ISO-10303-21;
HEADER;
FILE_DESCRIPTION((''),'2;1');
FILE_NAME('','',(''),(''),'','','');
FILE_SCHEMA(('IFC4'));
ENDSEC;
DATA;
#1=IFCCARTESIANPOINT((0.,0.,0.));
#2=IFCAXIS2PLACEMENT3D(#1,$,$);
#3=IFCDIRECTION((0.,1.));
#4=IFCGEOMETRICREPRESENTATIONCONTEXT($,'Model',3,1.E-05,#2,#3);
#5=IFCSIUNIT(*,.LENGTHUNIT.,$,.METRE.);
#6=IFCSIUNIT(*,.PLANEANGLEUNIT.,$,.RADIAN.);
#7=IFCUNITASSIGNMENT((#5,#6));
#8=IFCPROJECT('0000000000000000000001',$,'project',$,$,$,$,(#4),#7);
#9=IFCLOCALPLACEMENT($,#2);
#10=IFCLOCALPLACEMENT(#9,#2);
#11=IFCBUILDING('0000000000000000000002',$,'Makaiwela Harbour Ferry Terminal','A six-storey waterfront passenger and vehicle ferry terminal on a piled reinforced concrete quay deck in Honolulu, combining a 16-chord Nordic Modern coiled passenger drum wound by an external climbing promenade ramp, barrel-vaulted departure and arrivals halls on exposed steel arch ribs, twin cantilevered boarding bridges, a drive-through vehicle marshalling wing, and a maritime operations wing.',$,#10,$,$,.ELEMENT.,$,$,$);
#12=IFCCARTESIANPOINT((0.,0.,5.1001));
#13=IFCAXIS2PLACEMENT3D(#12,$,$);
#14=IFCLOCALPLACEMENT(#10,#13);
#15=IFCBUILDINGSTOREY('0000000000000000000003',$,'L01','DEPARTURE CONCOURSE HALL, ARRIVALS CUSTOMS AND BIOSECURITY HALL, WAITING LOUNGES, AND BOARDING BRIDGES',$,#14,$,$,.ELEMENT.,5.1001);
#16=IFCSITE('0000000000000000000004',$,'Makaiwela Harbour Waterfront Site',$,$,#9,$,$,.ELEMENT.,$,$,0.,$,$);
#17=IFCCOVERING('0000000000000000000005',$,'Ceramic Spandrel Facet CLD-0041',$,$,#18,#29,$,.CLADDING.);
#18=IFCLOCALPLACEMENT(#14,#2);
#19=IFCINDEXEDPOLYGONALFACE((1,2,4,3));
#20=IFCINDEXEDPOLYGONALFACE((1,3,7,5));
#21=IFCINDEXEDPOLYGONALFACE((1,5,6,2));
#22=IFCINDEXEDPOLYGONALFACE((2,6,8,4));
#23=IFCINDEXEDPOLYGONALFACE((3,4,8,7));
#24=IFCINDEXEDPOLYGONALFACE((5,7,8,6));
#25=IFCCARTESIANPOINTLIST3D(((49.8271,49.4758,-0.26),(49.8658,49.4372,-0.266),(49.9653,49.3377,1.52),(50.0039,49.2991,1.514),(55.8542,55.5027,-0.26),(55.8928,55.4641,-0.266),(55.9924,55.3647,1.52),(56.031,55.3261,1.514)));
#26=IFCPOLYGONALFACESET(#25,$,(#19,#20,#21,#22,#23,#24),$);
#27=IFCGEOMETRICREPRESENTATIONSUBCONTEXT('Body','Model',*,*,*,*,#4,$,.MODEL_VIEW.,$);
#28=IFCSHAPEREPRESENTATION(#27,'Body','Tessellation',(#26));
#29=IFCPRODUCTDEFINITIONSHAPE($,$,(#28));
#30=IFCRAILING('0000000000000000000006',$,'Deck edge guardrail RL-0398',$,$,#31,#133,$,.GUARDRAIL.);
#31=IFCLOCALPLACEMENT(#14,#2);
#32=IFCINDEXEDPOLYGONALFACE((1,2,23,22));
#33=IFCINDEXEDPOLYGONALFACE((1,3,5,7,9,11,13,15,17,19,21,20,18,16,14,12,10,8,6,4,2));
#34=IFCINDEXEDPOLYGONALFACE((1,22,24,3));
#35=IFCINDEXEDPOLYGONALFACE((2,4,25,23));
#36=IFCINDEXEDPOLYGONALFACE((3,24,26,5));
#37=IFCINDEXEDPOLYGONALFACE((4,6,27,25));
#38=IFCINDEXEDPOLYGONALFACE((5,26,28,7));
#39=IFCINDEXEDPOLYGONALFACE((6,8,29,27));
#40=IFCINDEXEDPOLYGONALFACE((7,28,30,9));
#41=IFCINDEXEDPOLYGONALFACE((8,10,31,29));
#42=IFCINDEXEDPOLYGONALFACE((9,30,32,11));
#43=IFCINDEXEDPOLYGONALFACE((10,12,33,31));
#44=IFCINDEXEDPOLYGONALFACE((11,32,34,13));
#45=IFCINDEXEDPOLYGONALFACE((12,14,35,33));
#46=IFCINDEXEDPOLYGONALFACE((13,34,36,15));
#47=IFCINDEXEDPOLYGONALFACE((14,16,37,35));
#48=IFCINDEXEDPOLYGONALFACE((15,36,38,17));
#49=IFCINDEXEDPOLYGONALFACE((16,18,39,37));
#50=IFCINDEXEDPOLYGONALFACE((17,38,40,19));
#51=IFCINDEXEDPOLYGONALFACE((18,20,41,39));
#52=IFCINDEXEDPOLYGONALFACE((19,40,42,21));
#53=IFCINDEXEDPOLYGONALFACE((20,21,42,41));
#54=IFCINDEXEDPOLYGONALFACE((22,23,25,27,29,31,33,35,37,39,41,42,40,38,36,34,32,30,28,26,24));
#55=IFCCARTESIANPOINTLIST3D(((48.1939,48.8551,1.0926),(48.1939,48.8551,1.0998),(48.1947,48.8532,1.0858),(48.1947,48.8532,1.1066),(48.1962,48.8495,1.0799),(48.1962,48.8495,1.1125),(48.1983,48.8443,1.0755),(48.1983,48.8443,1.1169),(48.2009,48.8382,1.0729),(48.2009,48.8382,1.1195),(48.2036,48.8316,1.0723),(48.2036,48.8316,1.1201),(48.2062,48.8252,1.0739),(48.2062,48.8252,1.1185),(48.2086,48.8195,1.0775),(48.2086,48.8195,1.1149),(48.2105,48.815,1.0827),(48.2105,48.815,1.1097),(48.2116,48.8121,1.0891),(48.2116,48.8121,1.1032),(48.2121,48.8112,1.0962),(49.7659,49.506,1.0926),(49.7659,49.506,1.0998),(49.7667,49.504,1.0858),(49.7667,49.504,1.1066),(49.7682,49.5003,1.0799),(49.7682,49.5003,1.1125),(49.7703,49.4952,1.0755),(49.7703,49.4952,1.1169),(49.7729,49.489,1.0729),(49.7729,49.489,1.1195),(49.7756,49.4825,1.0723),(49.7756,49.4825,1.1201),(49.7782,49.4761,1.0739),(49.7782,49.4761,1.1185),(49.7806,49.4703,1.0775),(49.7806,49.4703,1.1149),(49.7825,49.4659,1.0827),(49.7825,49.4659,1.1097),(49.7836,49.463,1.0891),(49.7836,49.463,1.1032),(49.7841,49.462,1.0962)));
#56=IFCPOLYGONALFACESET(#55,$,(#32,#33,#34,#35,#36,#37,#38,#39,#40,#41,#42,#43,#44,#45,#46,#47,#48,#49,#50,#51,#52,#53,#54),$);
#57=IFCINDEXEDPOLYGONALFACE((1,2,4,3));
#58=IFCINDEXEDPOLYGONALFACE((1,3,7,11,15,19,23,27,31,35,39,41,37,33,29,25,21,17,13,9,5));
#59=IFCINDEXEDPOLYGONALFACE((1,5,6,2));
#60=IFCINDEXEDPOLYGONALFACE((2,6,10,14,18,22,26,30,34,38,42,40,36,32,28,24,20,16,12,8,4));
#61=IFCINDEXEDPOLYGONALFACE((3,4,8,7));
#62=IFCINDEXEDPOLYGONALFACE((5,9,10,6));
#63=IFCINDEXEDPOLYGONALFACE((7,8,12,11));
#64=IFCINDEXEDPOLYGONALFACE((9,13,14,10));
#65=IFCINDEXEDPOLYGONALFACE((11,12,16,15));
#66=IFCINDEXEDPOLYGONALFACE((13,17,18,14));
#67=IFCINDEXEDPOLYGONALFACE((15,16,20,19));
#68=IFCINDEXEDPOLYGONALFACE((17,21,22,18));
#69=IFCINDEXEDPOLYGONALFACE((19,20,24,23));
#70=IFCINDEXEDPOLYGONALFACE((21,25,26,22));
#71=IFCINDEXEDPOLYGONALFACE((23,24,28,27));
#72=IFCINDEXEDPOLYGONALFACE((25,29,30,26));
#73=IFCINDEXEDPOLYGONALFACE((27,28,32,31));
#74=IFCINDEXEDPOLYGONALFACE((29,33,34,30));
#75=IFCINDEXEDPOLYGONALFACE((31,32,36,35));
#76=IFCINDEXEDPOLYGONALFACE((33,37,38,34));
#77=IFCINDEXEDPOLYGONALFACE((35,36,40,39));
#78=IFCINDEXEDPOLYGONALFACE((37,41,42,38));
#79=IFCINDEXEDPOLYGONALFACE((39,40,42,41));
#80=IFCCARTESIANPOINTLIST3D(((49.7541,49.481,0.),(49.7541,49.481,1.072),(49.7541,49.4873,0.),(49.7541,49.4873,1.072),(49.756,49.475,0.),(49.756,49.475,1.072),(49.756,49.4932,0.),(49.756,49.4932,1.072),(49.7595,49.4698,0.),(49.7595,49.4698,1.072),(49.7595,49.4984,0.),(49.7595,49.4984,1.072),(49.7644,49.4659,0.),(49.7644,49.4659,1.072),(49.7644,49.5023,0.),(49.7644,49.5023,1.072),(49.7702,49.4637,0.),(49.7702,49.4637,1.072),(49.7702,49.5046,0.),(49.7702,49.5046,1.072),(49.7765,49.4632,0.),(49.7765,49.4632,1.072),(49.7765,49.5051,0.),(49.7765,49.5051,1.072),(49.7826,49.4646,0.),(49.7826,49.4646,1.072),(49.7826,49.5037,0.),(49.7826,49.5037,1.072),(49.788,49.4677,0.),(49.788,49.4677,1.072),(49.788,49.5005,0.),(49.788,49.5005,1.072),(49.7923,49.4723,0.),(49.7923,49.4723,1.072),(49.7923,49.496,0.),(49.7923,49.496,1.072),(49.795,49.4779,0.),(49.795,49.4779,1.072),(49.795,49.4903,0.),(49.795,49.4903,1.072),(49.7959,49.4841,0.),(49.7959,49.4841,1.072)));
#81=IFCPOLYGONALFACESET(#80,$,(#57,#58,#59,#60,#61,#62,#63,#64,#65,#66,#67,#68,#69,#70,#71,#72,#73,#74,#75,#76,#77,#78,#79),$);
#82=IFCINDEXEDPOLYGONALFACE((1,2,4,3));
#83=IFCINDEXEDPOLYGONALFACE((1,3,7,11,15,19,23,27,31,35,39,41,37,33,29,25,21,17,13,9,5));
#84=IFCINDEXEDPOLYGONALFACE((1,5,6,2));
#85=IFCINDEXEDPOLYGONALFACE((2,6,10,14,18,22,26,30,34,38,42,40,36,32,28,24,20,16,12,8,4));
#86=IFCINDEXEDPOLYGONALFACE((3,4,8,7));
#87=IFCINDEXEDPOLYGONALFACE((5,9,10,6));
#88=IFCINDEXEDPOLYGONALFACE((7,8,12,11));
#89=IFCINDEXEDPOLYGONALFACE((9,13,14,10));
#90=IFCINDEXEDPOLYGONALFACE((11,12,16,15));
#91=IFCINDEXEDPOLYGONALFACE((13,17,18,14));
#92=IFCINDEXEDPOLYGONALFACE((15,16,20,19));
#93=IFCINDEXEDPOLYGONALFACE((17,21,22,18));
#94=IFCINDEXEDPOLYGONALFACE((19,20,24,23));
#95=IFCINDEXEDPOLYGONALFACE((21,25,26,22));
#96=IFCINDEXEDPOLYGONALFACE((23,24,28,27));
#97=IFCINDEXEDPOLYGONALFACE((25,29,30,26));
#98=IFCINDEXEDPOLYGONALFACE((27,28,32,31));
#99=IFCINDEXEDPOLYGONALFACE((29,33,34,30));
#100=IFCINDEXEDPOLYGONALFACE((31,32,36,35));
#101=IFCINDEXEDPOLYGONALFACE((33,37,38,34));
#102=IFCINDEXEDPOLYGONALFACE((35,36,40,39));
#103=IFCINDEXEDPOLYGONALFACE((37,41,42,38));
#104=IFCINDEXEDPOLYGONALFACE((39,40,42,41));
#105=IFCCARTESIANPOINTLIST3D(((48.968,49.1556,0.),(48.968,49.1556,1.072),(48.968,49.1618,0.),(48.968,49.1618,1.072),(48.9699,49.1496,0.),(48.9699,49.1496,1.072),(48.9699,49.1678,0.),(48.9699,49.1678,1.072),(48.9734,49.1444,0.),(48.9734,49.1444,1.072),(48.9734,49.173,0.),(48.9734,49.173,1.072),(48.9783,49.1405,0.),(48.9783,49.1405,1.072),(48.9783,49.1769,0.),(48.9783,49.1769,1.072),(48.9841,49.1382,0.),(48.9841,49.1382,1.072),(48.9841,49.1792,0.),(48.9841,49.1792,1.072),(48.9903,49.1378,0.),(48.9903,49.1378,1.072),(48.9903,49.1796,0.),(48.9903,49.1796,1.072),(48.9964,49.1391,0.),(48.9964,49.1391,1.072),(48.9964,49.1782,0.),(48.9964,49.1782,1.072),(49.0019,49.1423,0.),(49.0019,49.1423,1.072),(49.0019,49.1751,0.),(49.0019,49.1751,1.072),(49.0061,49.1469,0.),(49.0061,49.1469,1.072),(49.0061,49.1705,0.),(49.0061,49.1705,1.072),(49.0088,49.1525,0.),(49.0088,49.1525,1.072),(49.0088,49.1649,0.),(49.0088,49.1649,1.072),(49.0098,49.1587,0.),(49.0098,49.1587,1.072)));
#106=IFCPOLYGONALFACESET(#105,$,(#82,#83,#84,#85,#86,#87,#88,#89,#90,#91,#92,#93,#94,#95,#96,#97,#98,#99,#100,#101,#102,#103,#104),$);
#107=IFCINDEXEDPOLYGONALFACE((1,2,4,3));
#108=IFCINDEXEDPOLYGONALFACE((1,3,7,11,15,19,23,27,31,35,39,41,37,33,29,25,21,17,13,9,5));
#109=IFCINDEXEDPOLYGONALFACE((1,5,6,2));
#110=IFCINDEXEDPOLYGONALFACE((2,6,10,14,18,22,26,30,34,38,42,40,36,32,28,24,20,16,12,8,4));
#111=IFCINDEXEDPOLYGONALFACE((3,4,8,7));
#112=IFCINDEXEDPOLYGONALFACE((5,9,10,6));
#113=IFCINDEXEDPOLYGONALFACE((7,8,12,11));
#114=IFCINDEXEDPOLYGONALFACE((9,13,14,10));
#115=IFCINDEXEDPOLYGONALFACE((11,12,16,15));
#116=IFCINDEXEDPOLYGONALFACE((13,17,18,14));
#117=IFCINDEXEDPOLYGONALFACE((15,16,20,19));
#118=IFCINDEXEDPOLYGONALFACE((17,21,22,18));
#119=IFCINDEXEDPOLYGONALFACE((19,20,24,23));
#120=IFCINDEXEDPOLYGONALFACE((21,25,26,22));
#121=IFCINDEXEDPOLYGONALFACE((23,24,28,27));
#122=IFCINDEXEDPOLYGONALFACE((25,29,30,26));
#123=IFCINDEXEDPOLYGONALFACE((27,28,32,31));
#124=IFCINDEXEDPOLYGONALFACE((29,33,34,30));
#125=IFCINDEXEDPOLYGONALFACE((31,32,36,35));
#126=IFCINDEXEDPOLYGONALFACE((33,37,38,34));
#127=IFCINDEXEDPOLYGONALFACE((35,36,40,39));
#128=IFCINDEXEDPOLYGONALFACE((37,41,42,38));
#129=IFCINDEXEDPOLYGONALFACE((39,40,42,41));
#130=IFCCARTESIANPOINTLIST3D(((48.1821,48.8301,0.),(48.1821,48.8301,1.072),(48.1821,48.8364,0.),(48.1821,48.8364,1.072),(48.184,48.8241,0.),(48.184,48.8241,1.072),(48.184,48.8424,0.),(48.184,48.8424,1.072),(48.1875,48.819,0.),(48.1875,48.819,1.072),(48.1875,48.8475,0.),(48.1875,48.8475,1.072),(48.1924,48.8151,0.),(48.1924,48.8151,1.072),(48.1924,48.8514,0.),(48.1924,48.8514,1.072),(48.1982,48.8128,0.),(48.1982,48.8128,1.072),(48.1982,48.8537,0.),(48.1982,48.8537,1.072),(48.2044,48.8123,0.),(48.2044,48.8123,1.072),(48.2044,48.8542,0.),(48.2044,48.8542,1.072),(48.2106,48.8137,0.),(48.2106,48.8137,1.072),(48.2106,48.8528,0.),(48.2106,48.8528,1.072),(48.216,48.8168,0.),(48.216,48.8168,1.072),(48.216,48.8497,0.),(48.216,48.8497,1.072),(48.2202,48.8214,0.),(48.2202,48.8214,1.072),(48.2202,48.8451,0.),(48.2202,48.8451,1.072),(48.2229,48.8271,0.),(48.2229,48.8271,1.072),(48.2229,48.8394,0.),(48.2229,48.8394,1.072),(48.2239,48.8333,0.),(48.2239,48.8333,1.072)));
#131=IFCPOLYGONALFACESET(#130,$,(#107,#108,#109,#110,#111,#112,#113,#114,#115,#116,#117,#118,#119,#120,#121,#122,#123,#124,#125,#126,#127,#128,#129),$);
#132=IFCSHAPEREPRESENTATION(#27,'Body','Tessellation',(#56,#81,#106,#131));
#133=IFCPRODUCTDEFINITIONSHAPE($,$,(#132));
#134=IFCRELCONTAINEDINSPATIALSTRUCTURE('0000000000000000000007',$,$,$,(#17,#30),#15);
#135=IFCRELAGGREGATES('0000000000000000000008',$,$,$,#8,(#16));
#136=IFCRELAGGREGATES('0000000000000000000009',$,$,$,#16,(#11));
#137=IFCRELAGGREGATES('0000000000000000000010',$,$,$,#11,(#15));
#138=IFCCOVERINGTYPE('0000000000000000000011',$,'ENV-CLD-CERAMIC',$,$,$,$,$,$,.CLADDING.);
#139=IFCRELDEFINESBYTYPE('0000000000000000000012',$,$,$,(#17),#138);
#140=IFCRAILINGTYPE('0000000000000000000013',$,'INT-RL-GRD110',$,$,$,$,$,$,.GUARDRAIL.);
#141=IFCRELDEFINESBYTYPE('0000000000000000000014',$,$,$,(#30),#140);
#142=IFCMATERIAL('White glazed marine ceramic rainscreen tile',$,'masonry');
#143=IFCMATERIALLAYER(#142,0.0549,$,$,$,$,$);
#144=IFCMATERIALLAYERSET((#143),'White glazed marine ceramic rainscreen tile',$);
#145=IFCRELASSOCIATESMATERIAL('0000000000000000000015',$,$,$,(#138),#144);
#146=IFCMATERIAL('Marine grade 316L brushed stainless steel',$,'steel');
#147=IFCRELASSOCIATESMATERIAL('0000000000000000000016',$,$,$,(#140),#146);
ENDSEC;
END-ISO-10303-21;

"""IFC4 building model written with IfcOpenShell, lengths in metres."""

from ifc_helpers import new_model, si_unit, direction, frame, origin, origin_2d, place, context, subcontext, project, spatial, polyline, circle, outline, extrude, material, layer, layer_set, type_object, element, save


model = new_model("IFC4")

# Units and contexts
model_context = context("Model", 3, precision=1e-05, world=origin(), true_north=direction((0.0, 1.0)))
body_context = subcontext(model_context, "Body", "Model", "MODEL_VIEW")
ifc_project = project(units=[si_unit("LENGTHUNIT", "METRE"), si_unit("PLANEANGLEUNIT", "RADIAN")], contexts=[model_context])

# Site, building, storey
site_placement = place(None, origin())
site = spatial("IfcSite", under=ifc_project, at=site_placement, Name="Makaiwela Harbour Waterfront Site", CompositionType="ELEMENT", RefElevation=0.0)
building_placement = place(site_placement, origin())
building = spatial("IfcBuilding", under=site, at=building_placement, Name="Makaiwela Harbour Ferry Terminal", Description="A six-storey waterfront passenger and vehicle ferry terminal on a piled reinforced concrete quay deck in Honolulu, combining a 16-chord Nordic Modern coiled passenger drum wound by an external climbing promenade ramp, barrel-vaulted departure and arrivals halls on exposed steel arch ribs, twin cantilevered boarding bridges, a drive-through vehicle marshalling wing, and a maritime operations wing.", CompositionType="ELEMENT")
storey_placement = place(building_placement, frame((0.0, 0.0, 5.1001)))
storey = spatial("IfcBuildingStorey", under=building, at=storey_placement, Name="L01", Description="DEPARTURE CONCOURSE HALL, ARRIVALS CUSTOMS AND BIOSECURITY HALL, WAITING LOUNGES, AND BOARDING BRIDGES", CompositionType="ELEMENT", Elevation=5.1001)

# Covering
ifc_material_1 = material(Name="White glazed marine ceramic rainscreen tile", Category="masonry")
ifc_layer_1 = layer(ifc_material_1, 0.0549)
ifc_layer_set_1 = layer_set([ifc_layer_1], Name="White glazed marine ceramic rainscreen tile")
covering_type = type_object("IfcCoveringType", Name="ENV-CLD-CERAMIC", PredefinedType="CLADDING", material=ifc_layer_set_1)
covering_placement = place(storey_placement, frame((49.8271, 49.4758, -0.26), z_axis=(-0.70288, 0.702894, 0.109082), x_axis=(0.707114, 0.7071, 0.000001)))
element("IfcCovering", 1, at=covering_placement, inside=storey, type_object=covering_type, Name="Ceramic Spandrel Facet CLD-0041", PredefinedType="CLADDING", context=body_context, shape_type="SweptSolid", body=[
    extrude(outline(polyline([(0.0, 0.0), (8.5234, 0.0), (8.5236, -1.7907), (0.0, -1.7907), (0.0, 0.0)])), origin(), (0.0, 0.0, -1.0), 0.0549),
])

# Railing
ifc_material_2 = material(Name="Marine grade 316L brushed stainless steel", Category="steel")
railing_type = type_object("IfcRailingType", Name="INT-RL-GRD110", PredefinedType="GUARDRAIL", material=ifc_material_2)
railing_1_placement = place(storey_placement, frame((49.7749, 49.4841, 0.0)))
element("IfcRailing", 2, at=railing_1_placement, inside=storey, type_object=railing_type, Name="Deck edge guardrail RL-0398", PredefinedType="GUARDRAIL", context=body_context, shape_type="SweptSolid", body=[
    extrude(circle(Radius=0.0239, at=origin_2d()), frame((0.0, 0.0, 1.0962), z_axis=(-0.923936, -0.382546, 0.0), x_axis=(0.382546, -0.923936, 0.0)), (0.0, 0.0, 1.0), 1.7014),
    extrude(circle(Radius=0.021, at=origin_2d()), origin(), (0.0, 0.0, 1.0), 1.072),
    extrude(circle(Radius=0.021, at=origin_2d()), frame((-0.7861, -0.3254, 0.0)), (0.0, 0.0, 1.0), 1.072),
    extrude(circle(Radius=0.021, at=origin_2d()), frame((-1.572, -0.6509, 0.0)), (0.0, 0.0, 1.0), 1.072),
])

save(model, "model.ifc")
